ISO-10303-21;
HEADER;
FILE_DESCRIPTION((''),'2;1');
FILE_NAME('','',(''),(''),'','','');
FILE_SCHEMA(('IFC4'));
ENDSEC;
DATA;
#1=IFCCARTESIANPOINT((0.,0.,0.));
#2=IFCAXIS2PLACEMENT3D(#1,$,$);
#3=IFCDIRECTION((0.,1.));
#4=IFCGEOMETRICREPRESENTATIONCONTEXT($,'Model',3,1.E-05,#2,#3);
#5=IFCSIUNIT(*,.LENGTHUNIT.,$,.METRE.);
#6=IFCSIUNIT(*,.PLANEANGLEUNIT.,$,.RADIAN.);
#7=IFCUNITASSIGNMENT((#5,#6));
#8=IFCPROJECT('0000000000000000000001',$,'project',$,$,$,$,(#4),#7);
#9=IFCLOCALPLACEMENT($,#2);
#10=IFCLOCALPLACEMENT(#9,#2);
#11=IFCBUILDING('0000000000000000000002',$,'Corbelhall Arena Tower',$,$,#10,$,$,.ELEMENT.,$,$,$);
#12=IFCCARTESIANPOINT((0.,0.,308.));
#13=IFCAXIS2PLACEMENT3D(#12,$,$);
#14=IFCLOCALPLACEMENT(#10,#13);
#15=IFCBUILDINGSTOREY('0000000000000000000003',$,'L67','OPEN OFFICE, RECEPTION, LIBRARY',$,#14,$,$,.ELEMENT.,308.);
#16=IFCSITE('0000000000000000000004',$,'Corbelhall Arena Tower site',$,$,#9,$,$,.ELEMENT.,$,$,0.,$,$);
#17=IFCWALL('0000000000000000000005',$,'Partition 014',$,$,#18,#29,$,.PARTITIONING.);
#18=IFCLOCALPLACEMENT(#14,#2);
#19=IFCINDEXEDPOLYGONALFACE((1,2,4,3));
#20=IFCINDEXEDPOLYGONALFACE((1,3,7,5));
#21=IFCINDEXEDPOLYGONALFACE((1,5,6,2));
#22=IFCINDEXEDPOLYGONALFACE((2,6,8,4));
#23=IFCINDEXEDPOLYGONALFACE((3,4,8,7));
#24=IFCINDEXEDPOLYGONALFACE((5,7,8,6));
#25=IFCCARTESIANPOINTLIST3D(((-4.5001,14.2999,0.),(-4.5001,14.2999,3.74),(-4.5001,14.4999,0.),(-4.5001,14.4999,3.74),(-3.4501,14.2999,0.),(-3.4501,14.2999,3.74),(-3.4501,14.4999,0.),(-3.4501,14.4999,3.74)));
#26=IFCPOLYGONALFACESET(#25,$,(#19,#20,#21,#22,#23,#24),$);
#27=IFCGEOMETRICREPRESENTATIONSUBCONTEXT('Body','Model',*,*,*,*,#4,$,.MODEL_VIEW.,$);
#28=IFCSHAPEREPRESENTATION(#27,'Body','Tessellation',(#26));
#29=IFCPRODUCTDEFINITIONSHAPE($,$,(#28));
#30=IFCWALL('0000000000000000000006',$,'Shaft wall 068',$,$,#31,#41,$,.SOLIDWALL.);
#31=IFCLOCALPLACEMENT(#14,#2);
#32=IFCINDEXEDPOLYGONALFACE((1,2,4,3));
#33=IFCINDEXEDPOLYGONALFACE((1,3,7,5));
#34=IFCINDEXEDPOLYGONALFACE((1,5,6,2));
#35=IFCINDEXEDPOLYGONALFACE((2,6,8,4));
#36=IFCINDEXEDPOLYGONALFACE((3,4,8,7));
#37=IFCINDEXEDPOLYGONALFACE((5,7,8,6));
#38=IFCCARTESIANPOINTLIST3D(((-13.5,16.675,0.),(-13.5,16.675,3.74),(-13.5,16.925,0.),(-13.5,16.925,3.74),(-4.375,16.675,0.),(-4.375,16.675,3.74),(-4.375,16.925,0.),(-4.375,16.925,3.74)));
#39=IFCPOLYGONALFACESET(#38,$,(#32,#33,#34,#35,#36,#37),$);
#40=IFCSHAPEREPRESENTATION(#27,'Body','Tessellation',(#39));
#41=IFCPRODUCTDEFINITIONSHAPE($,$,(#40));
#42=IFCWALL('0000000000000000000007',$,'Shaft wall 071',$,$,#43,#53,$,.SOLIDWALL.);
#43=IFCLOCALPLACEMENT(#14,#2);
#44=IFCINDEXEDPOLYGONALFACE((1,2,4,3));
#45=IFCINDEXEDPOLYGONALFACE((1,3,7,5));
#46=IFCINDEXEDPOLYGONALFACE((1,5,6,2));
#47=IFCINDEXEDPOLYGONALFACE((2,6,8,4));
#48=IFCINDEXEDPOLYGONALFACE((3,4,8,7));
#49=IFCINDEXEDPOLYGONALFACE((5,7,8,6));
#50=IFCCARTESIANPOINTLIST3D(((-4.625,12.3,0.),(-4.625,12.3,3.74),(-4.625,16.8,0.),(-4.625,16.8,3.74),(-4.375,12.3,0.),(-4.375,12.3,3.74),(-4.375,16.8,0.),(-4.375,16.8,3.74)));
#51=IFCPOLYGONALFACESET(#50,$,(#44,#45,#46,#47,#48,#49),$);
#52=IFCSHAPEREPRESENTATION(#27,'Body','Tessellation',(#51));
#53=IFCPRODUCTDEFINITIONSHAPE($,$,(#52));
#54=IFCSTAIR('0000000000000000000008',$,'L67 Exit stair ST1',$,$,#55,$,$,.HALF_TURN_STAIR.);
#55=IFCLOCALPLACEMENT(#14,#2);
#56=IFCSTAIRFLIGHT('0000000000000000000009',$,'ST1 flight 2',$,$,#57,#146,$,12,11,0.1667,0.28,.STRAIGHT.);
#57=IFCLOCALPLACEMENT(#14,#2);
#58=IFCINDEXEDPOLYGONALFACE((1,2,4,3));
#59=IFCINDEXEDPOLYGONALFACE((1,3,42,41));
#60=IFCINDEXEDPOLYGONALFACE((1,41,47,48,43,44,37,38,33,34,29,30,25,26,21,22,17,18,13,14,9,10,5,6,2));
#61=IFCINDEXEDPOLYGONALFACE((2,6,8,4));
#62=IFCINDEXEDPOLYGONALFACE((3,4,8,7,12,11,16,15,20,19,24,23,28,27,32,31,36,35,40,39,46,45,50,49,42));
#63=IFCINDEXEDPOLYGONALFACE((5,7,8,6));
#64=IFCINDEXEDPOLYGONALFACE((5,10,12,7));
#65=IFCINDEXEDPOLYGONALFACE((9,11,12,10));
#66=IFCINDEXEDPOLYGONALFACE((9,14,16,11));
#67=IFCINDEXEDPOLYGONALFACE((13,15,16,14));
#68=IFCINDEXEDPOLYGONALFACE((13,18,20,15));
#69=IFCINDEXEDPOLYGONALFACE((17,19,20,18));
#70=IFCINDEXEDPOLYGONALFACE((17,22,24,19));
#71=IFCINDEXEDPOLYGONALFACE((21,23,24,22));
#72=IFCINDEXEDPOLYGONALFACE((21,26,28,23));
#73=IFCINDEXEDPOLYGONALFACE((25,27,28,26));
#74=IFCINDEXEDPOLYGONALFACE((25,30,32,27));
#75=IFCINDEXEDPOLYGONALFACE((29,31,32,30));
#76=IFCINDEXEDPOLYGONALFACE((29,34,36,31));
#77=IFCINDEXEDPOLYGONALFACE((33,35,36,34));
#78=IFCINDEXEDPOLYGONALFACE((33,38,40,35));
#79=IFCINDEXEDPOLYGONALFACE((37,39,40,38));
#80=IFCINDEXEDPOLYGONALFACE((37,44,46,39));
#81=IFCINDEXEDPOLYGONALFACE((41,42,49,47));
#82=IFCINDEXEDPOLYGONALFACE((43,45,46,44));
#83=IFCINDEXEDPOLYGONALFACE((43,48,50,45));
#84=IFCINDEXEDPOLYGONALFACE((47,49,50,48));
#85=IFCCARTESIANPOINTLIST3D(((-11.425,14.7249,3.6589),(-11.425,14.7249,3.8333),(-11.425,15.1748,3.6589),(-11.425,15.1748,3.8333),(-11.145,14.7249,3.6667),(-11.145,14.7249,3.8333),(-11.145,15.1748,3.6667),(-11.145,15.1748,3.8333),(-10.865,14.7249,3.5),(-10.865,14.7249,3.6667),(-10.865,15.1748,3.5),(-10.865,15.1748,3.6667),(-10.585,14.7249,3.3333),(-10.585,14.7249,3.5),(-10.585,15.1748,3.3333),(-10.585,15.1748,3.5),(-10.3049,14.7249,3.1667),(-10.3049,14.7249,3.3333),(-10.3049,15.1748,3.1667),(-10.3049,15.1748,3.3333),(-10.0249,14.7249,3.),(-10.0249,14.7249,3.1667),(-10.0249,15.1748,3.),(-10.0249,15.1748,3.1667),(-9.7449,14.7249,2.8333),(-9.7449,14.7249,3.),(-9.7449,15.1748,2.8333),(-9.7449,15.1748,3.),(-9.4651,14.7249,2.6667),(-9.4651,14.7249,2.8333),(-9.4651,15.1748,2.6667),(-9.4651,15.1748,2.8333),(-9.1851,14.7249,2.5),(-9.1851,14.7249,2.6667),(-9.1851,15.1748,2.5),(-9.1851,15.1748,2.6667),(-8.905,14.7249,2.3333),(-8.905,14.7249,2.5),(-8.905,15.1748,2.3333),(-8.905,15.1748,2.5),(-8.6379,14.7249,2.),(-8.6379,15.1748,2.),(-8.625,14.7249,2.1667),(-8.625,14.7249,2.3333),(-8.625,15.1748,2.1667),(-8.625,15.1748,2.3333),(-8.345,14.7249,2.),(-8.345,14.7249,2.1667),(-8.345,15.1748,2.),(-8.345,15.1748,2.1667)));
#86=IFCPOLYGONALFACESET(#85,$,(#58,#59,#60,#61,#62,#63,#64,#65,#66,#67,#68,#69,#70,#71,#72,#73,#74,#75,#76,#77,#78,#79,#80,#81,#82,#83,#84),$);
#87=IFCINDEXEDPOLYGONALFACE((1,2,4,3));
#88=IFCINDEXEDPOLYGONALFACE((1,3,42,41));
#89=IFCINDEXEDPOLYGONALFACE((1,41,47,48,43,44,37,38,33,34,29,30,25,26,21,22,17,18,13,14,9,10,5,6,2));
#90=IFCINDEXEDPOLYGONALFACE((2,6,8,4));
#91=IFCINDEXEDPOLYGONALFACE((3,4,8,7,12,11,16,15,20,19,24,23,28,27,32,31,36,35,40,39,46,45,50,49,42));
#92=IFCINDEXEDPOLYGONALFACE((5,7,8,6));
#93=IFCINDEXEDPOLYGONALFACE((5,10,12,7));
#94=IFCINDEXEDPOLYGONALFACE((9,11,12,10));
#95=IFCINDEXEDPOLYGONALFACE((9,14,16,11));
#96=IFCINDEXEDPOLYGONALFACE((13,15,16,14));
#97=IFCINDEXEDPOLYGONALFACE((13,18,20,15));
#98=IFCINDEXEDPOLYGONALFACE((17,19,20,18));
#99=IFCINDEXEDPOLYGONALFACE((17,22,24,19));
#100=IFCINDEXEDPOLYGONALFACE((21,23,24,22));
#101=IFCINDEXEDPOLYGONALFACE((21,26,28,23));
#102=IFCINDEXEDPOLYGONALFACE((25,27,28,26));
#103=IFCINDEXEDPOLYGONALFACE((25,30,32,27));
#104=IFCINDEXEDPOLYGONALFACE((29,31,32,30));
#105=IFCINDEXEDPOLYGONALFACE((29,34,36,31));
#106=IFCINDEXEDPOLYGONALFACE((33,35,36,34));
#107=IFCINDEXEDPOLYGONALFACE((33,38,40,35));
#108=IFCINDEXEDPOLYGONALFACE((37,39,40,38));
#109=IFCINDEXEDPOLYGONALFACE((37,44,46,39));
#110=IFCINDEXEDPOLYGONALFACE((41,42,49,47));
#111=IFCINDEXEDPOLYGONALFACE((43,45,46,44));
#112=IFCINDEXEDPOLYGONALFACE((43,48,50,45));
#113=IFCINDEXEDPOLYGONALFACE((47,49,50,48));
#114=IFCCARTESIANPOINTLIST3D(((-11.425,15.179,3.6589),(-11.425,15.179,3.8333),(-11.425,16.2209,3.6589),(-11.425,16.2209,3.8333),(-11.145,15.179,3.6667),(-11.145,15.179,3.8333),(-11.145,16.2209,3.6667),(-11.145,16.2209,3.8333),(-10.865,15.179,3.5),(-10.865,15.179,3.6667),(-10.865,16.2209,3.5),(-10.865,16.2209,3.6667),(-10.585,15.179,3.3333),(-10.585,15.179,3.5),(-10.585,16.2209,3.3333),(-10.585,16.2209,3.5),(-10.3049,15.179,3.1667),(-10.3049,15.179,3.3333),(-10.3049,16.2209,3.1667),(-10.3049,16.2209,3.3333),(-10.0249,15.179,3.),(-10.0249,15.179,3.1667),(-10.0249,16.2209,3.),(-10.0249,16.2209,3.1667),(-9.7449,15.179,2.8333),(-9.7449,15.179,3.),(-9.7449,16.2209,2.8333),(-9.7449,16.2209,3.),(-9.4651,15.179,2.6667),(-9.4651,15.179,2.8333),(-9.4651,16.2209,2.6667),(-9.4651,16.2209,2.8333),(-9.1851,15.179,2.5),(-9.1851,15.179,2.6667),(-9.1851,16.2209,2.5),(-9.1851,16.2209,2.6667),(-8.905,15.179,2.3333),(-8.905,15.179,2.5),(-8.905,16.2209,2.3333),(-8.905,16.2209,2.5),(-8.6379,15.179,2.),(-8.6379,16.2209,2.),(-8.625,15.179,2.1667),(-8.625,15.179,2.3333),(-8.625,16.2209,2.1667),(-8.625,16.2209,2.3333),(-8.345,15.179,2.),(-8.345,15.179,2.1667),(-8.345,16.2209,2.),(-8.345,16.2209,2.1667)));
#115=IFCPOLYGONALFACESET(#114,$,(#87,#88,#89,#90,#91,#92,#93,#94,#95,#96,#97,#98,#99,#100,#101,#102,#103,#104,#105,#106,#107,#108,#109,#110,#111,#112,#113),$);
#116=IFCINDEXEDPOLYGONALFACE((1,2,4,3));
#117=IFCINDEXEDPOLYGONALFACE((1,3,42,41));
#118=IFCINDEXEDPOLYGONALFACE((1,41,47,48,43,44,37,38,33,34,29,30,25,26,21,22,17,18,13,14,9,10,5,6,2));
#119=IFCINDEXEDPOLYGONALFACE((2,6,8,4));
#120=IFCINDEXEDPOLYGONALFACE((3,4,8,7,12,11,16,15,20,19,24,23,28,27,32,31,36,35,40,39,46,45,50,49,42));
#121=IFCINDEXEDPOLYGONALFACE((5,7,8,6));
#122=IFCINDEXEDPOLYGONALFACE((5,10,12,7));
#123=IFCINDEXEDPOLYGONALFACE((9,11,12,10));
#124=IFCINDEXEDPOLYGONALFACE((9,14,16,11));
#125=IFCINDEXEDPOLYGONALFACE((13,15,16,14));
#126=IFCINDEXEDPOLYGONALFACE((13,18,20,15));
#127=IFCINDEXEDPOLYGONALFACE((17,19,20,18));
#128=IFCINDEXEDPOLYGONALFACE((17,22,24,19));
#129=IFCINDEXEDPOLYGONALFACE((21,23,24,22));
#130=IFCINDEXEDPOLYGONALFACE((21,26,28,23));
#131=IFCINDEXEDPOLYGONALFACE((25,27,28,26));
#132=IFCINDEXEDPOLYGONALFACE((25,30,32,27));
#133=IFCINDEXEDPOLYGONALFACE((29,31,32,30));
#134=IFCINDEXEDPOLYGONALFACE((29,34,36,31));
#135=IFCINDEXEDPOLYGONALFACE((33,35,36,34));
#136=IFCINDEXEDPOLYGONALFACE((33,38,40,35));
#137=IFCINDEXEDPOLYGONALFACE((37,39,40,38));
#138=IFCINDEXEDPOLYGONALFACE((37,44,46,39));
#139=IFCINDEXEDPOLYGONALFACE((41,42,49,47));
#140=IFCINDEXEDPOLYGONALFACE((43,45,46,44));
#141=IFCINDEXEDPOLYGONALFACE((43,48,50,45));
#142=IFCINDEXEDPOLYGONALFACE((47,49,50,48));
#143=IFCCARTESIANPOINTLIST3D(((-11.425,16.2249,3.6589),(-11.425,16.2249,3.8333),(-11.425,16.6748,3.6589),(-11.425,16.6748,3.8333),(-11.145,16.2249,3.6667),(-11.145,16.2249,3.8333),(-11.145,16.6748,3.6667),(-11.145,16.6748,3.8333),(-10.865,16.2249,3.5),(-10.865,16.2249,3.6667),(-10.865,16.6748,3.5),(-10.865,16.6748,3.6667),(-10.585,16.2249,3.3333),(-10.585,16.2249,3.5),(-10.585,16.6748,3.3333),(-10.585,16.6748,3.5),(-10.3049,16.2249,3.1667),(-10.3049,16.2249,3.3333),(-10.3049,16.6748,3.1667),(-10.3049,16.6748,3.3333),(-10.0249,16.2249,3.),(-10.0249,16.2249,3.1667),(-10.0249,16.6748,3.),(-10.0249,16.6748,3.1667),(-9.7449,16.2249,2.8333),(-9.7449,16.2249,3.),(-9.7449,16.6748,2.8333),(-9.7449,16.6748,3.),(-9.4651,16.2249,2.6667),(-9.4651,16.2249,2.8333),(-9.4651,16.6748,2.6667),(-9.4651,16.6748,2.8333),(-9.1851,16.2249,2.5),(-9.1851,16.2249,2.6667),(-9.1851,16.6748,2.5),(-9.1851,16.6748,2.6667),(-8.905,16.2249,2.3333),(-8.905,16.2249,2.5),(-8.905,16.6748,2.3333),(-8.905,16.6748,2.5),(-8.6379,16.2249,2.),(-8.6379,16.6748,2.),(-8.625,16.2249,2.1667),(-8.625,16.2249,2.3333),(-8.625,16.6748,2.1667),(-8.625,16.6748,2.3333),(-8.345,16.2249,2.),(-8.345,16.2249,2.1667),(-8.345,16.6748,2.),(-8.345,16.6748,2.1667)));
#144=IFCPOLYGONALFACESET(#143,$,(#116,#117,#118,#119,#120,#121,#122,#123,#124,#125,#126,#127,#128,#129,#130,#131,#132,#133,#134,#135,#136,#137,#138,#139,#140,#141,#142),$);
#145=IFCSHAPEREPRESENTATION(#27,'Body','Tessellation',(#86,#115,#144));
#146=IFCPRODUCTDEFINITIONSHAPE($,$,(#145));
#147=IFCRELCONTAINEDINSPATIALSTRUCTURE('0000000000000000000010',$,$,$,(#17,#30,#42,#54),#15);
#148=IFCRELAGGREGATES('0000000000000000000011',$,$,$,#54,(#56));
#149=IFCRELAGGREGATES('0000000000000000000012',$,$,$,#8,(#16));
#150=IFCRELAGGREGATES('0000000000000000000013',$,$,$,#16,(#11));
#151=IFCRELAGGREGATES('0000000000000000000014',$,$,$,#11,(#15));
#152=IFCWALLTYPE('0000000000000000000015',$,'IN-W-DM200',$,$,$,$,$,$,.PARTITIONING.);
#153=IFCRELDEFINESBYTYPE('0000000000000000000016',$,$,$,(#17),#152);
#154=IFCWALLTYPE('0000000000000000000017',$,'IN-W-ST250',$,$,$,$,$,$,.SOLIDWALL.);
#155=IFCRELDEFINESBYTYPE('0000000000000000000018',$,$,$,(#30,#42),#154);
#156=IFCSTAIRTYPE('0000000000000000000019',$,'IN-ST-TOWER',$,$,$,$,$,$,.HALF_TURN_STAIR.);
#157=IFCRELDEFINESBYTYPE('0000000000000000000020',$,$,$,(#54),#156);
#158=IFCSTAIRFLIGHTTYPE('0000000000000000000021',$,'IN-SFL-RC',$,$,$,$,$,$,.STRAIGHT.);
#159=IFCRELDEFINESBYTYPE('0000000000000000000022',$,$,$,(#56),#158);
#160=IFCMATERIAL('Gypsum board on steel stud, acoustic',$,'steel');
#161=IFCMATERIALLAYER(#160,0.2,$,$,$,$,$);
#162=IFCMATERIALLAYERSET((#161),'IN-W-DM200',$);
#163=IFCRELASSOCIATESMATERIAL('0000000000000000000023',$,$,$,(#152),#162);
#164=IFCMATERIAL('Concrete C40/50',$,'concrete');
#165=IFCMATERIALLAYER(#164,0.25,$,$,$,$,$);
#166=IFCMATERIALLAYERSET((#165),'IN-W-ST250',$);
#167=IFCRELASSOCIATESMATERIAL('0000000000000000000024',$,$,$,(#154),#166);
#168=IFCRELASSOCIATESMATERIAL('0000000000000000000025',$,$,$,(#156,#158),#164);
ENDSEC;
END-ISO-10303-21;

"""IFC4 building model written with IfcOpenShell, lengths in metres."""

from ifc_helpers import new_model, si_unit, direction, frame, frame_2d, origin, place, context, subcontext, project, spatial, polyline, rectangle, outline, extrude, material, layer, layer_set, type_object, element, aggregate, save


model = new_model("IFC4")

# Units and contexts
model_context = context("Model", 3, precision=1e-05, world=origin(), true_north=direction((0.0, 1.0)))
body_context = subcontext(model_context, "Body", "Model", "MODEL_VIEW")
ifc_project = project(units=[si_unit("LENGTHUNIT", "METRE"), si_unit("PLANEANGLEUNIT", "RADIAN")], contexts=[model_context])

# Site, building, storey
site_placement = place(None, origin())
site = spatial("IfcSite", under=ifc_project, at=site_placement, Name="Corbelhall Arena Tower site", CompositionType="ELEMENT", RefElevation=0.0)
building_placement = place(site_placement, origin())
building = spatial("IfcBuilding", under=site, at=building_placement, Name="Corbelhall Arena Tower", CompositionType="ELEMENT")
storey_placement = place(building_placement, frame((0.0, 0.0, 308.0)))
storey = spatial("IfcBuildingStorey", under=building, at=storey_placement, Name="L67", Description="OPEN OFFICE, RECEPTION, LIBRARY", CompositionType="ELEMENT", Elevation=308.0)

# Walls
ifc_material_1 = material(Name="Gypsum board on steel stud, acoustic", Category="steel")
ifc_layer_1 = layer(ifc_material_1, 0.2)
ifc_layer_set_1 = layer_set([ifc_layer_1], Name="IN-W-DM200")
wall_type_1 = type_object("IfcWallType", Name="IN-W-DM200", PredefinedType="PARTITIONING", material=ifc_layer_set_1)
wall_1_placement = place(storey_placement, frame((-4.5, 14.3999, 0.0), z_axis=(0.0, 0.0, 1.0), x_axis=(1.0, 0.0, 0.0)))
element("IfcWall", 1, at=wall_1_placement, inside=storey, type_object=wall_type_1, Name="Partition 014", PredefinedType="PARTITIONING", context=body_context, shape_type="SweptSolid", body=[
    extrude(rectangle(XDim=1.05, YDim=0.2, at=frame_2d((0.5249, 0.0))), origin(), (0.0, 0.0, 1.0), 3.74),
])
ifc_material_2 = material(Name="Concrete C40/50", Category="concrete")
ifc_layer_2 = layer(ifc_material_2, 0.25)
ifc_layer_set_2 = layer_set([ifc_layer_2], Name="IN-W-ST250")
wall_type_2 = type_object("IfcWallType", Name="IN-W-ST250", PredefinedType="SOLIDWALL", material=ifc_layer_set_2)
wall_2_placement = place(storey_placement, frame((-13.5, 16.8, 0.0), z_axis=(0.0, 0.0, 1.0), x_axis=(1.0, 0.0, 0.0)))
element("IfcWall", 2, at=wall_2_placement, inside=storey, type_object=wall_type_2, Name="Shaft wall 068", PredefinedType="SOLIDWALL", context=body_context, shape_type="SweptSolid", body=[
    extrude(rectangle(XDim=9.125, YDim=0.25, at=frame_2d((4.5625, 0.0))), origin(), (0.0, 0.0, 1.0), 3.74),
])
wall_3_placement = place(storey_placement, frame((-4.5, 16.8, 0.0), z_axis=(0.0, 0.0, 1.0), x_axis=(0.0, -1.0, 0.0)))
element("IfcWall", 3, at=wall_3_placement, inside=storey, type_object=wall_type_2, Name="Shaft wall 071", PredefinedType="SOLIDWALL", context=body_context, shape_type="SweptSolid", body=[
    extrude(rectangle(XDim=4.5, YDim=0.25, at=frame_2d((2.25, 0.0))), origin(), (0.0, 0.0, 1.0), 3.74),
])

# Stair, stair flight
stair_type = type_object("IfcStairType", Name="IN-ST-TOWER", PredefinedType="HALF_TURN_STAIR", material=ifc_material_2)
stair_placement = place(storey_placement, origin())
stair = element("IfcStair", 4, at=stair_placement, inside=storey, type_object=stair_type, Name="L67 Exit stair ST1", PredefinedType="HALF_TURN_STAIR")
stair_flight_type = type_object("IfcStairFlightType", Name="IN-SFL-RC", PredefinedType="STRAIGHT", material=ifc_material_2)
stair_flight_placement = place(storey_placement, frame((-8.345, 15.7, 2.0), z_axis=(0.0, 0.0, 1.0), x_axis=(-1.0, 0.0, 0.0)))
stair_flight = element("IfcStairFlight", 5, at=stair_flight_placement, type_object=stair_flight_type, Name="ST1 flight 2", NumberOfRisers=12, NumberOfTreads=11, PredefinedType="STRAIGHT", RiserHeight=0.1667, TreadLength=0.28, context=body_context, shape_type="SweptSolid", body=[
    extrude(outline(polyline([(0.0, 0.0), (0.0, 0.1667), (0.28, 0.1667), (0.28, 0.3333), (0.5601, 0.3333), (0.5601, 0.5), (0.8401, 0.5), (0.8401, 0.6667), (1.1201, 0.6667), (1.1201, 0.8333), (1.3999, 0.8333), (1.3999, 1.0), (1.6799, 1.0), (1.6799, 1.1667), (1.96, 1.1667), (1.96, 1.3333), (2.24, 1.3333), (2.24, 1.5), (2.52, 1.5), (2.52, 1.6667), (2.8, 1.6667), (2.8, 1.8333), (3.0801, 1.8333), (3.0801, 2.0), (3.0801, 1.6589), (0.293, 0.0), (0.0, 0.0)])), frame((0.0, 0.9751, 0.0), z_axis=(0.0, -1.0, 0.0), x_axis=(1.0, 0.0, 0.0)), (0.0, 0.0, 1.0), 0.45),
    extrude(outline(polyline([(0.0, 0.0), (0.0, 0.1667), (0.28, 0.1667), (0.28, 0.3333), (0.5601, 0.3333), (0.5601, 0.5), (0.8401, 0.5), (0.8401, 0.6667), (1.1201, 0.6667), (1.1201, 0.8333), (1.3999, 0.8333), (1.3999, 1.0), (1.6799, 1.0), (1.6799, 1.1667), (1.96, 1.1667), (1.96, 1.3333), (2.24, 1.3333), (2.24, 1.5), (2.52, 1.5), (2.52, 1.6667), (2.8, 1.6667), (2.8, 1.8333), (3.0801, 1.8333), (3.0801, 2.0), (3.0801, 1.6589), (0.293, 0.0), (0.0, 0.0)])), frame((0.0, 0.521, 0.0), z_axis=(0.0, -1.0, 0.0), x_axis=(1.0, 0.0, 0.0)), (0.0, 0.0, 1.0), 1.042),
    extrude(outline(polyline([(0.0, 0.0), (0.0, 0.1667), (0.28, 0.1667), (0.28, 0.3333), (0.5601, 0.3333), (0.5601, 0.5), (0.8401, 0.5), (0.8401, 0.6667), (1.1201, 0.6667), (1.1201, 0.8333), (1.3999, 0.8333), (1.3999, 1.0), (1.6799, 1.0), (1.6799, 1.1667), (1.96, 1.1667), (1.96, 1.3333), (2.24, 1.3333), (2.24, 1.5), (2.52, 1.5), (2.52, 1.6667), (2.8, 1.6667), (2.8, 1.8333), (3.0801, 1.8333), (3.0801, 2.0), (3.0801, 1.6589), (0.293, 0.0), (0.0, 0.0)])), frame((0.0, -0.5249, 0.0), z_axis=(0.0, -1.0, 0.0), x_axis=(1.0, 0.0, 0.0)), (0.0, 0.0, 1.0), 0.45),
])
aggregate(stair, [stair_flight])

save(model, "model.ifc")
